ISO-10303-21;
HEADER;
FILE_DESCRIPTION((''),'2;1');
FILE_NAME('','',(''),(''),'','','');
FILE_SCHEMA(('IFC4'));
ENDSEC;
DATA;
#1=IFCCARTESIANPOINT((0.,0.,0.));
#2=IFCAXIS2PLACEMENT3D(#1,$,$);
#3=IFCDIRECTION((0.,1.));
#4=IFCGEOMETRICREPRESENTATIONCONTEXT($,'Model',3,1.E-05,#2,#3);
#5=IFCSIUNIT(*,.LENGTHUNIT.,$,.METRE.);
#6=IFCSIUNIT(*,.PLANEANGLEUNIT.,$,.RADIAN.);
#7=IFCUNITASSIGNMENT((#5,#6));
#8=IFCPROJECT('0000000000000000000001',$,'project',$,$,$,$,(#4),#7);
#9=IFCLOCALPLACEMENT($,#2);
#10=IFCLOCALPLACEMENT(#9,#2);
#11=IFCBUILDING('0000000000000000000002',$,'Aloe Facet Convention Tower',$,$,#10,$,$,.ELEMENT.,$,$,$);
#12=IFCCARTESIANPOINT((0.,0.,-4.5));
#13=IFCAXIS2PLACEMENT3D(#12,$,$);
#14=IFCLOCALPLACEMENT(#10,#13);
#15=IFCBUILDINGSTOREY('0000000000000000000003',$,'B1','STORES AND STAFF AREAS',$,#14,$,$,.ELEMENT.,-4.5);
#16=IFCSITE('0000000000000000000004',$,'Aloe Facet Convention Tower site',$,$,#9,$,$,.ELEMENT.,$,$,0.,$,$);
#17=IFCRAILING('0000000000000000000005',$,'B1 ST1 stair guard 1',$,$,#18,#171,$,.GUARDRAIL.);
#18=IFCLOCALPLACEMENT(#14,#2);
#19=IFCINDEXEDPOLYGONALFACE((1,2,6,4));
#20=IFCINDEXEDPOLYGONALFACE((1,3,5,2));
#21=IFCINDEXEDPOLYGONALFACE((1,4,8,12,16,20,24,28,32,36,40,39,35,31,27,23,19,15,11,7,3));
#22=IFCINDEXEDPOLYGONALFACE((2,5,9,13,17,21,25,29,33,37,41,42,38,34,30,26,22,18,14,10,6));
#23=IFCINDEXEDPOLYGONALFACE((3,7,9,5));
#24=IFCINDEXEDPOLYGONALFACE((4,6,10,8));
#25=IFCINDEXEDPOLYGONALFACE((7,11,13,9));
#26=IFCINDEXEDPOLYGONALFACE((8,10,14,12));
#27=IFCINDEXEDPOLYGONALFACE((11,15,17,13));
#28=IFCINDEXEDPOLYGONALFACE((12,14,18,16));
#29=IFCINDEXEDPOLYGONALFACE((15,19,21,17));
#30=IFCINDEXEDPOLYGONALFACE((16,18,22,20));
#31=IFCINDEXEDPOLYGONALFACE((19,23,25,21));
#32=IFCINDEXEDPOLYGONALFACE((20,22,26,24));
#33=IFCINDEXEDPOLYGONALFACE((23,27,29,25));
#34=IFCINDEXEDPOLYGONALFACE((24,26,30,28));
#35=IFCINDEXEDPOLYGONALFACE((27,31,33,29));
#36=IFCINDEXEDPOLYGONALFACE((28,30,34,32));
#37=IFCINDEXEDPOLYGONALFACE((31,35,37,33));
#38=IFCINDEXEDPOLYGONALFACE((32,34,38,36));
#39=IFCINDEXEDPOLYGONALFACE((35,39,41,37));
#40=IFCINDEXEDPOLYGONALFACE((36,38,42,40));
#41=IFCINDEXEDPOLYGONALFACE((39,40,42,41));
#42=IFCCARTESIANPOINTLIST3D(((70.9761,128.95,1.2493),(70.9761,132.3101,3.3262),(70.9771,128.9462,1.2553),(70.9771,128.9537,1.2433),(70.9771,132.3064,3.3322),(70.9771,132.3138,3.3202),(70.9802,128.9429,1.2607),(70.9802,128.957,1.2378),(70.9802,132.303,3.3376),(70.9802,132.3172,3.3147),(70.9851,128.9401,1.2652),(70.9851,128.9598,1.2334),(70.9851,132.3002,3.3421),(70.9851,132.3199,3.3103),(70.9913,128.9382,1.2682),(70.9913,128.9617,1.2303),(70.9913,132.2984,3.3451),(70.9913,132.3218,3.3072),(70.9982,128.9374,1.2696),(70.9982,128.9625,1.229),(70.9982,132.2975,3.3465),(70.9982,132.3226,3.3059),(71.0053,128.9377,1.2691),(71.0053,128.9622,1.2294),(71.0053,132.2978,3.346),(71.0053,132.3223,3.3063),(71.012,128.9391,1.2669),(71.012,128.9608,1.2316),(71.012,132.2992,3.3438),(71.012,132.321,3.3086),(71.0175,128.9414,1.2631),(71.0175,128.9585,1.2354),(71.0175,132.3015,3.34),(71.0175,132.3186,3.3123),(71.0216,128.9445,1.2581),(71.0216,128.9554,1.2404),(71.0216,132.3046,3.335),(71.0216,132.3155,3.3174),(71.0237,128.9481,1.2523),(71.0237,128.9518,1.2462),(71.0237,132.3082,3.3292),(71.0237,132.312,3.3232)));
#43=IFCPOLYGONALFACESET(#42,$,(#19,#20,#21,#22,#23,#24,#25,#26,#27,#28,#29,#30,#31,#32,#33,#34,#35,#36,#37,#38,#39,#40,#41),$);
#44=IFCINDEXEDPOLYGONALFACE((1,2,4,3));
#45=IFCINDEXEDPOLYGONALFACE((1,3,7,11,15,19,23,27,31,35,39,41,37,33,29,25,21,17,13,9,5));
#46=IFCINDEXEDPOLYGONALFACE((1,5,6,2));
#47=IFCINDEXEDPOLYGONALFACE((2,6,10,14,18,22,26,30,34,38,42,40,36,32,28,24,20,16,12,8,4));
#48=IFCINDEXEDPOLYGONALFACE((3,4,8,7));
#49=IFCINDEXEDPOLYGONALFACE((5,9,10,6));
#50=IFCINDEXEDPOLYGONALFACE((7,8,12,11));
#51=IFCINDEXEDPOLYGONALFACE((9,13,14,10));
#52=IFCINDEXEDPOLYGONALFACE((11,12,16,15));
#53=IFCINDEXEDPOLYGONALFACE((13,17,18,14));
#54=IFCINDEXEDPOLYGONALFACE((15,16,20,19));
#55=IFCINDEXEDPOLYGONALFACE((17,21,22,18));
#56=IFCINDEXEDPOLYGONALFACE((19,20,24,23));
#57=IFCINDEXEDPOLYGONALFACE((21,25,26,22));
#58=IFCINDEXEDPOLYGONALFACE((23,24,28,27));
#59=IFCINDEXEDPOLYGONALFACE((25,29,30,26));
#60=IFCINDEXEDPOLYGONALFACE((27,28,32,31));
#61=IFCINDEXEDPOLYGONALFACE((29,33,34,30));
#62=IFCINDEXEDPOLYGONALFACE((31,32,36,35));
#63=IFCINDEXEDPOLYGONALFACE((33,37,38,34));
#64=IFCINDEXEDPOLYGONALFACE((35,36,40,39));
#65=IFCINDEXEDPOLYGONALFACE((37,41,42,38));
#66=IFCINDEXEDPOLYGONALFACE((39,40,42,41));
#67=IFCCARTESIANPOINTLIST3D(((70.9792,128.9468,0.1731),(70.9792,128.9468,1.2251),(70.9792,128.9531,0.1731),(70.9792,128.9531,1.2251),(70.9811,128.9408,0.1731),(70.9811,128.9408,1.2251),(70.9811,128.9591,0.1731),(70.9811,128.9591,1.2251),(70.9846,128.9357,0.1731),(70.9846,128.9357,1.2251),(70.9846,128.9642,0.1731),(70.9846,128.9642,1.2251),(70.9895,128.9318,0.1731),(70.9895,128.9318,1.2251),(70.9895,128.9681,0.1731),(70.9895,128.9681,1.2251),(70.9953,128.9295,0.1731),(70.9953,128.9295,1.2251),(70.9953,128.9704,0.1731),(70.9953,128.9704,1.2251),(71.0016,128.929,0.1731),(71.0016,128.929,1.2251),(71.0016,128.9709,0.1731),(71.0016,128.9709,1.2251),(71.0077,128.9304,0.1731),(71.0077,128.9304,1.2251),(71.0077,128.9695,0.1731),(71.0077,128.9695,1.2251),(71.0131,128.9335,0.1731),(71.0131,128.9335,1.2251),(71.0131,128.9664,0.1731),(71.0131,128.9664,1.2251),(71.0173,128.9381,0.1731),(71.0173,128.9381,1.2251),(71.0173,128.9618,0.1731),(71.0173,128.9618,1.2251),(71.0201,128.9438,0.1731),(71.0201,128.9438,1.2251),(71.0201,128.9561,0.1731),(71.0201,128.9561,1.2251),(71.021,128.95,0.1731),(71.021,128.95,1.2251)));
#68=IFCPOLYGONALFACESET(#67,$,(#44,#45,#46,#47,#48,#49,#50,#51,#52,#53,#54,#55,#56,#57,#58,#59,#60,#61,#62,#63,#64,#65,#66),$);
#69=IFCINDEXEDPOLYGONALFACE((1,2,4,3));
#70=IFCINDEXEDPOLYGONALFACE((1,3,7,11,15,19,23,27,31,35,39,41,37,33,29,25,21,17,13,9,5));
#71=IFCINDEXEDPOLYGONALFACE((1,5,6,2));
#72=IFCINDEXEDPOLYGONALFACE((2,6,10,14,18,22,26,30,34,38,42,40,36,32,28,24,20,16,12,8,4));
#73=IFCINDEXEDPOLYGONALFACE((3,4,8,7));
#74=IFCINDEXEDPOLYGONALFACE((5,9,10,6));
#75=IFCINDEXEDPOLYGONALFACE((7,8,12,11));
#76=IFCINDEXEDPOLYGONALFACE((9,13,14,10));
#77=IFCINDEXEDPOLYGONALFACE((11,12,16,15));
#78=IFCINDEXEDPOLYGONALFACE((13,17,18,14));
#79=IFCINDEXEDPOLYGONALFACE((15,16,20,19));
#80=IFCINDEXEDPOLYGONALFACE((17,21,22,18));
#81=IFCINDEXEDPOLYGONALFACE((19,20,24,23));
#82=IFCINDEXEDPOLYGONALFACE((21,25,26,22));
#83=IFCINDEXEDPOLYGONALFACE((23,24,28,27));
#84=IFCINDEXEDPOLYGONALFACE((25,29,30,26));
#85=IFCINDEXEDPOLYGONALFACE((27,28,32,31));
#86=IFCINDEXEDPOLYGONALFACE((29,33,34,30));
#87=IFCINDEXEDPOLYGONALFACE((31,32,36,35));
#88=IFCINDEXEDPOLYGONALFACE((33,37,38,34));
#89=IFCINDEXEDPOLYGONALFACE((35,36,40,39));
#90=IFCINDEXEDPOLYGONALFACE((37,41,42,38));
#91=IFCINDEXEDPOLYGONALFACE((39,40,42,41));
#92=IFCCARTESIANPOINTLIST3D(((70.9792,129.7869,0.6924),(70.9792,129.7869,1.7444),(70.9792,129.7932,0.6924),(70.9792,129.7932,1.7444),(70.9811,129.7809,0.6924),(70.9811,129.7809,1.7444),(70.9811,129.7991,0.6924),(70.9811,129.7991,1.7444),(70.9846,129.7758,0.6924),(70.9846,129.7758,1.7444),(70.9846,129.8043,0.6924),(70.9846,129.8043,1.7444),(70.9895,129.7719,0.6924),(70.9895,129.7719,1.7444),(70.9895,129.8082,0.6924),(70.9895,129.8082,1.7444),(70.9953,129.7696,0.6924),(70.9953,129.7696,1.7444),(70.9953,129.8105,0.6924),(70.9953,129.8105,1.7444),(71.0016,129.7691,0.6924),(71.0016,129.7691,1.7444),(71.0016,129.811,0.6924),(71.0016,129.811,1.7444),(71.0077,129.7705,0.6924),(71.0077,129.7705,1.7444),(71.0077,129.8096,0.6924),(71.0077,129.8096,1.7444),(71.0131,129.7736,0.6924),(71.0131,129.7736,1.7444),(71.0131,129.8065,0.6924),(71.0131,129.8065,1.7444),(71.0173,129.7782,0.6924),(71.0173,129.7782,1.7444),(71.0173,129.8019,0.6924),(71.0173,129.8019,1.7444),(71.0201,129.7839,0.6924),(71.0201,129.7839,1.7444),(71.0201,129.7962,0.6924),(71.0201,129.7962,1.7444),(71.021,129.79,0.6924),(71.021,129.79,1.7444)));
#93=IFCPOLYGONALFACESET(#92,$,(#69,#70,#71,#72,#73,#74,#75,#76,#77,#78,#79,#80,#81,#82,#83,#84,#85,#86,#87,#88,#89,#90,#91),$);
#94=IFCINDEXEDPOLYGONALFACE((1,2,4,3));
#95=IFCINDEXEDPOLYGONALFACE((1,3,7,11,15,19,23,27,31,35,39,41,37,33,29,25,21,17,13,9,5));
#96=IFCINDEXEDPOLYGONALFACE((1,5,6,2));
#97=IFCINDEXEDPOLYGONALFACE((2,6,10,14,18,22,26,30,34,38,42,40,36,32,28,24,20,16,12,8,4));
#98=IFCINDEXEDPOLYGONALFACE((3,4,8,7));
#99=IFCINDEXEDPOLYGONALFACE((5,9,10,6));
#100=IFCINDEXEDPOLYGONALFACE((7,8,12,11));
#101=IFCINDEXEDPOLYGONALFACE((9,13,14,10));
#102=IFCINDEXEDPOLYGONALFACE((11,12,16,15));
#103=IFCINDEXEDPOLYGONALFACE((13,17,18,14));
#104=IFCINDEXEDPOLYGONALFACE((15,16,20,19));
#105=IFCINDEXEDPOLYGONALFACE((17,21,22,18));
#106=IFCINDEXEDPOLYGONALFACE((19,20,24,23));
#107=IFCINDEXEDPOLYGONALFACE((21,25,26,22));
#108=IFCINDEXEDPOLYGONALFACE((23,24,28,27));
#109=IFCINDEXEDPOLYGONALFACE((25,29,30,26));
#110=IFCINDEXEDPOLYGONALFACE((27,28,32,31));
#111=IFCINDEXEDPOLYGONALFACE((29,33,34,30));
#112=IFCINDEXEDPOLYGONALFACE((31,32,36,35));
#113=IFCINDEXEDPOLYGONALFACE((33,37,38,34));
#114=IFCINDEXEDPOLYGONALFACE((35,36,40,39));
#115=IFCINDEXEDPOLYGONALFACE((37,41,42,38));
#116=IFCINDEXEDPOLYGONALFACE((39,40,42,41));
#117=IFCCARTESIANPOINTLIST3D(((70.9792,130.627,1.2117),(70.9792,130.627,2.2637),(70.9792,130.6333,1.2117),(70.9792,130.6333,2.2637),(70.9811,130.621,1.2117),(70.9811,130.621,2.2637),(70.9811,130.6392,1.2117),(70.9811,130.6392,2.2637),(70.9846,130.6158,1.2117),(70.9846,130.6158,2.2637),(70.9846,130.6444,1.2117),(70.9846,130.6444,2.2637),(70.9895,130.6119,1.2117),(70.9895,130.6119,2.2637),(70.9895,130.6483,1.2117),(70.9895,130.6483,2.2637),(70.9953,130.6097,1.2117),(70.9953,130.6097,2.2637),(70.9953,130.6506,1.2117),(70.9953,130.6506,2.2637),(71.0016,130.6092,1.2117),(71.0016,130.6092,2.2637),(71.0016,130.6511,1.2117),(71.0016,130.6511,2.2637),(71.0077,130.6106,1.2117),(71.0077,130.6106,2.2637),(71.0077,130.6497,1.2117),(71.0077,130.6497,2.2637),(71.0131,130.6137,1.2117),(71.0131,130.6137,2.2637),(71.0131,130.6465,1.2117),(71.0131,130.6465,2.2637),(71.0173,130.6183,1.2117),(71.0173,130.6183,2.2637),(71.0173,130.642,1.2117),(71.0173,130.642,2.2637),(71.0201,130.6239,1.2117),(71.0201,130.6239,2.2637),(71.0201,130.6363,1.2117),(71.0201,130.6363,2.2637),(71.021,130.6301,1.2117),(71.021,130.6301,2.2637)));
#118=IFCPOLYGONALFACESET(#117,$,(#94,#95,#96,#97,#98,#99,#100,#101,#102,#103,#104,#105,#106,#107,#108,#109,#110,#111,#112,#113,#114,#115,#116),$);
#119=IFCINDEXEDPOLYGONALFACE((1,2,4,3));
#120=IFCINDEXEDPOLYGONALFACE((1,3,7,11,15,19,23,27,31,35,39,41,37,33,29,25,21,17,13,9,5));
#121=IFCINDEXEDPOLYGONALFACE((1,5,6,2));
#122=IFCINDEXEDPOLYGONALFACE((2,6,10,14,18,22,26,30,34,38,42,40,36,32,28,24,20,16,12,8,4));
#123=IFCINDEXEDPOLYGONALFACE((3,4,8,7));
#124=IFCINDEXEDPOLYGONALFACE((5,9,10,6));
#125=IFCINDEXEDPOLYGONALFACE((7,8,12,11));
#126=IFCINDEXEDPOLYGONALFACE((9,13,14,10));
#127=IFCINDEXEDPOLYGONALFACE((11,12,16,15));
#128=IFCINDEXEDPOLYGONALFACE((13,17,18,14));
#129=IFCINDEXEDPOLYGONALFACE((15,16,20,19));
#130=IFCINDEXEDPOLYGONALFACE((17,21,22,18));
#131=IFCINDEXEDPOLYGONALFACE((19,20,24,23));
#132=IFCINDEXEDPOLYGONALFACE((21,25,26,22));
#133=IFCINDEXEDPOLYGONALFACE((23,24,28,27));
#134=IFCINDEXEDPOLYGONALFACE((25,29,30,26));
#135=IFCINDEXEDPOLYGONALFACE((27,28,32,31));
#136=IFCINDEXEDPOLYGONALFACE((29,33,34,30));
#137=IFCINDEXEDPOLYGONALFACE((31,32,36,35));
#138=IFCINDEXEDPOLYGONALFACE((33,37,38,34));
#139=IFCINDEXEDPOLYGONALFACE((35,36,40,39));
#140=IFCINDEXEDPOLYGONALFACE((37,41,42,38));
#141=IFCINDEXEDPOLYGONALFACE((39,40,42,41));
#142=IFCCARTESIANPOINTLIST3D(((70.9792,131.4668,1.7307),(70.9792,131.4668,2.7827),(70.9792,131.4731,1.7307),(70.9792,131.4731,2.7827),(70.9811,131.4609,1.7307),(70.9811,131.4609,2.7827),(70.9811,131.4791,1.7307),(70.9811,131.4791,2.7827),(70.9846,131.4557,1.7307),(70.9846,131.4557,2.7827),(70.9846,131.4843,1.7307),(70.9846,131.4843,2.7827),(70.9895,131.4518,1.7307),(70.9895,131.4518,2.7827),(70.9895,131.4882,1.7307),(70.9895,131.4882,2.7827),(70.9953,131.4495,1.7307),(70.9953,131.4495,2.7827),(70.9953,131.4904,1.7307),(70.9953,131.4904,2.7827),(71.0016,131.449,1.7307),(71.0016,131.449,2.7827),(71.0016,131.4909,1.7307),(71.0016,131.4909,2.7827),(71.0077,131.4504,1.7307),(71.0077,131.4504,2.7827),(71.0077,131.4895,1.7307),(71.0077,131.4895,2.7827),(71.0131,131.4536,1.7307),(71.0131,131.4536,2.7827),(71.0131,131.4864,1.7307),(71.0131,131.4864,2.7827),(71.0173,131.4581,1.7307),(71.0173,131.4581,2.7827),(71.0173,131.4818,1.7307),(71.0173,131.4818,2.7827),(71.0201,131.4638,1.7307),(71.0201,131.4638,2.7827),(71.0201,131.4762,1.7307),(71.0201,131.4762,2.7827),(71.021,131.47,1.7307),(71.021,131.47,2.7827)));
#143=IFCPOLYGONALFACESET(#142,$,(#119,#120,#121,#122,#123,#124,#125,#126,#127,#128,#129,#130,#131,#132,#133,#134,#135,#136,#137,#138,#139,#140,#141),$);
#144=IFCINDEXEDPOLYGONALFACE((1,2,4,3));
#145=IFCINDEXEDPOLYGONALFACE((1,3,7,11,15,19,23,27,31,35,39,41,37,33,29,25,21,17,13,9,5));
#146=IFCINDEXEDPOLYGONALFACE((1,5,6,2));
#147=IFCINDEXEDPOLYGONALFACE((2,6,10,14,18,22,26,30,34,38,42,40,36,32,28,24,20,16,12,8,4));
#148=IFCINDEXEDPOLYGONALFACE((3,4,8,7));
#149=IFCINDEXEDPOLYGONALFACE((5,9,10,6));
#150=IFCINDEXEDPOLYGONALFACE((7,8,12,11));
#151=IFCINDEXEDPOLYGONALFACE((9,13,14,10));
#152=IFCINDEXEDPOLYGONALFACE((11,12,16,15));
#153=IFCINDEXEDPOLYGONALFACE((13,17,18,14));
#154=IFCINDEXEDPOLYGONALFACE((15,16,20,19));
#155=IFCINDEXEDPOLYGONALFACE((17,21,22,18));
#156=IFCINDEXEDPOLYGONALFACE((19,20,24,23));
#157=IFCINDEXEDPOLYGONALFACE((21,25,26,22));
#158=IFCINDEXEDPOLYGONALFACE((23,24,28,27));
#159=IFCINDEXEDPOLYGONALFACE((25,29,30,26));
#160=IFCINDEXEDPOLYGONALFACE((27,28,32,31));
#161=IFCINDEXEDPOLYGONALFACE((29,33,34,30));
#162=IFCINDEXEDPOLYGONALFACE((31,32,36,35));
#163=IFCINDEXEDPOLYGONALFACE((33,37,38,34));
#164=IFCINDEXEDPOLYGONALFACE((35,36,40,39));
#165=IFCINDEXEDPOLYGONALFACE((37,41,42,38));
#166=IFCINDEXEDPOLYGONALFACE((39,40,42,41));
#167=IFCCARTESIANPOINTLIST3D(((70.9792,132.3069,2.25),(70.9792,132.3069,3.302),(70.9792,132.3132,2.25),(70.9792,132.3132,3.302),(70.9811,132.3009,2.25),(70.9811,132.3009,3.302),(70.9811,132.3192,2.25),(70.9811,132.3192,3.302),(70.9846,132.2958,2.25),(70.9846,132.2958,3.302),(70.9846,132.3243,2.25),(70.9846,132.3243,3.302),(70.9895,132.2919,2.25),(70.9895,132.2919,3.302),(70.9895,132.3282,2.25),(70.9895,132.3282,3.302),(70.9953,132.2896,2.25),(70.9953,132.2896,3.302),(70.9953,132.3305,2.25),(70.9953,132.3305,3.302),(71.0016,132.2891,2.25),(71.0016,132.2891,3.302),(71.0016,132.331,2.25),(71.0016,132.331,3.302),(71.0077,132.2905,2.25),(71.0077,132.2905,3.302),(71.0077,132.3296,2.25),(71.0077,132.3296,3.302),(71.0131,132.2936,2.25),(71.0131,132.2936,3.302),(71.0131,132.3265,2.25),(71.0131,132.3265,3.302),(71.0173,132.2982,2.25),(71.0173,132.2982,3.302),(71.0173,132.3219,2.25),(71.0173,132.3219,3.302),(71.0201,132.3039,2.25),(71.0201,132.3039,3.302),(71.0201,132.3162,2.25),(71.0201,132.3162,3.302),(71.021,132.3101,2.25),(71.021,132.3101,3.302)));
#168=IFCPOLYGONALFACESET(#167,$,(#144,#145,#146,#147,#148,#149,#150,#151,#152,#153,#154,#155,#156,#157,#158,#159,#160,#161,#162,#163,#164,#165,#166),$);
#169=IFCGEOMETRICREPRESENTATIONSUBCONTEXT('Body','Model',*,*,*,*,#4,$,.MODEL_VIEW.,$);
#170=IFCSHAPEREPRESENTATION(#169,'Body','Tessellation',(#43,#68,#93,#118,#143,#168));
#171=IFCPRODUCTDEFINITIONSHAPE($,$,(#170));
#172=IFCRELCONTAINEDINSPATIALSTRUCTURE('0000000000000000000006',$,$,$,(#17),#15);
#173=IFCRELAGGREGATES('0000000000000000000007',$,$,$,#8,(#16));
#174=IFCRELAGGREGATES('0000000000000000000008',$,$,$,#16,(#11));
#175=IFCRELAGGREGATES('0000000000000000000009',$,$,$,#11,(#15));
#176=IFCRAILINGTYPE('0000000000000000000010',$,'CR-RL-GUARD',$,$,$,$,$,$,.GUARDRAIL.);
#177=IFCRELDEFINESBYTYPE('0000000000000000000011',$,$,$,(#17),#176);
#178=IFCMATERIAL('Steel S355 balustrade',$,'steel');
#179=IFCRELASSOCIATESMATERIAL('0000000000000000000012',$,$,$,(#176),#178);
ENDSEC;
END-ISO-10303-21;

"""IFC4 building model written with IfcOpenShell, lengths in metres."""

from ifc_helpers import new_model, si_unit, direction, frame, origin, origin_2d, place, context, subcontext, project, spatial, circle, extrude, material, type_object, element, save


model = new_model("IFC4")

# Units and contexts
model_context = context("Model", 3, precision=1e-05, world=origin(), true_north=direction((0.0, 1.0)))
body_context = subcontext(model_context, "Body", "Model", "MODEL_VIEW")
ifc_project = project(units=[si_unit("LENGTHUNIT", "METRE"), si_unit("PLANEANGLEUNIT", "RADIAN")], contexts=[model_context])

# Site, building, storey
site_placement = place(None, origin())
site = spatial("IfcSite", under=ifc_project, at=site_placement, Name="Aloe Facet Convention Tower site", CompositionType="ELEMENT", RefElevation=0.0)
building_placement = place(site_placement, origin())
building = spatial("IfcBuilding", under=site, at=building_placement, Name="Aloe Facet Convention Tower", CompositionType="ELEMENT")
storey_placement = place(building_placement, frame((0.0, 0.0, -4.5)))
storey = spatial("IfcBuildingStorey", under=building, at=storey_placement, Name="B1", Description="STORES AND STAFF AREAS", CompositionType="ELEMENT", Elevation=-4.5)

# Railing
ifc_material_1 = material(Name="Steel S355 balustrade", Category="steel")
railing_type_1 = type_object("IfcRailingType", Name="CR-RL-GUARD", PredefinedType="GUARDRAIL", material=ifc_material_1)
railing_1_placement = place(storey_placement, frame((71.0, 128.95, 0.1731)))
element("IfcRailing", 1, at=railing_1_placement, inside=storey, type_object=railing_type_1, Name="B1 ST1 stair guard 1", PredefinedType="GUARDRAIL", context=body_context, shape_type="SweptSolid", body=[
    extrude(circle(Radius=0.0239, at=origin_2d()), frame((0.0, 0.0, 1.0762), z_axis=(0.0, 0.850623, 0.525776), x_axis=(-1.0, 0.0, 0.0)), (0.0, 0.0, 1.0), 3.9502),
    extrude(circle(Radius=0.021, at=origin_2d()), origin(), (0.0, 0.0, 1.0), 1.052),
    extrude(circle(Radius=0.021, at=origin_2d()), frame((0.0, 0.8401, 0.5193)), (0.0, 0.0, 1.0), 1.052),
    extrude(circle(Radius=0.021, at=origin_2d()), frame((0.0, 1.6802, 1.0386)), (0.0, 0.0, 1.0), 1.052),
    extrude(circle(Radius=0.021, at=origin_2d()), frame((0.0, 2.52, 1.5576)), (0.0, 0.0, 1.0), 1.052),
    extrude(circle(Radius=0.021, at=origin_2d()), frame((0.0, 3.3601, 2.0769)), (0.0, 0.0, 1.0), 1.052),
])

save(model, "model.ifc")
